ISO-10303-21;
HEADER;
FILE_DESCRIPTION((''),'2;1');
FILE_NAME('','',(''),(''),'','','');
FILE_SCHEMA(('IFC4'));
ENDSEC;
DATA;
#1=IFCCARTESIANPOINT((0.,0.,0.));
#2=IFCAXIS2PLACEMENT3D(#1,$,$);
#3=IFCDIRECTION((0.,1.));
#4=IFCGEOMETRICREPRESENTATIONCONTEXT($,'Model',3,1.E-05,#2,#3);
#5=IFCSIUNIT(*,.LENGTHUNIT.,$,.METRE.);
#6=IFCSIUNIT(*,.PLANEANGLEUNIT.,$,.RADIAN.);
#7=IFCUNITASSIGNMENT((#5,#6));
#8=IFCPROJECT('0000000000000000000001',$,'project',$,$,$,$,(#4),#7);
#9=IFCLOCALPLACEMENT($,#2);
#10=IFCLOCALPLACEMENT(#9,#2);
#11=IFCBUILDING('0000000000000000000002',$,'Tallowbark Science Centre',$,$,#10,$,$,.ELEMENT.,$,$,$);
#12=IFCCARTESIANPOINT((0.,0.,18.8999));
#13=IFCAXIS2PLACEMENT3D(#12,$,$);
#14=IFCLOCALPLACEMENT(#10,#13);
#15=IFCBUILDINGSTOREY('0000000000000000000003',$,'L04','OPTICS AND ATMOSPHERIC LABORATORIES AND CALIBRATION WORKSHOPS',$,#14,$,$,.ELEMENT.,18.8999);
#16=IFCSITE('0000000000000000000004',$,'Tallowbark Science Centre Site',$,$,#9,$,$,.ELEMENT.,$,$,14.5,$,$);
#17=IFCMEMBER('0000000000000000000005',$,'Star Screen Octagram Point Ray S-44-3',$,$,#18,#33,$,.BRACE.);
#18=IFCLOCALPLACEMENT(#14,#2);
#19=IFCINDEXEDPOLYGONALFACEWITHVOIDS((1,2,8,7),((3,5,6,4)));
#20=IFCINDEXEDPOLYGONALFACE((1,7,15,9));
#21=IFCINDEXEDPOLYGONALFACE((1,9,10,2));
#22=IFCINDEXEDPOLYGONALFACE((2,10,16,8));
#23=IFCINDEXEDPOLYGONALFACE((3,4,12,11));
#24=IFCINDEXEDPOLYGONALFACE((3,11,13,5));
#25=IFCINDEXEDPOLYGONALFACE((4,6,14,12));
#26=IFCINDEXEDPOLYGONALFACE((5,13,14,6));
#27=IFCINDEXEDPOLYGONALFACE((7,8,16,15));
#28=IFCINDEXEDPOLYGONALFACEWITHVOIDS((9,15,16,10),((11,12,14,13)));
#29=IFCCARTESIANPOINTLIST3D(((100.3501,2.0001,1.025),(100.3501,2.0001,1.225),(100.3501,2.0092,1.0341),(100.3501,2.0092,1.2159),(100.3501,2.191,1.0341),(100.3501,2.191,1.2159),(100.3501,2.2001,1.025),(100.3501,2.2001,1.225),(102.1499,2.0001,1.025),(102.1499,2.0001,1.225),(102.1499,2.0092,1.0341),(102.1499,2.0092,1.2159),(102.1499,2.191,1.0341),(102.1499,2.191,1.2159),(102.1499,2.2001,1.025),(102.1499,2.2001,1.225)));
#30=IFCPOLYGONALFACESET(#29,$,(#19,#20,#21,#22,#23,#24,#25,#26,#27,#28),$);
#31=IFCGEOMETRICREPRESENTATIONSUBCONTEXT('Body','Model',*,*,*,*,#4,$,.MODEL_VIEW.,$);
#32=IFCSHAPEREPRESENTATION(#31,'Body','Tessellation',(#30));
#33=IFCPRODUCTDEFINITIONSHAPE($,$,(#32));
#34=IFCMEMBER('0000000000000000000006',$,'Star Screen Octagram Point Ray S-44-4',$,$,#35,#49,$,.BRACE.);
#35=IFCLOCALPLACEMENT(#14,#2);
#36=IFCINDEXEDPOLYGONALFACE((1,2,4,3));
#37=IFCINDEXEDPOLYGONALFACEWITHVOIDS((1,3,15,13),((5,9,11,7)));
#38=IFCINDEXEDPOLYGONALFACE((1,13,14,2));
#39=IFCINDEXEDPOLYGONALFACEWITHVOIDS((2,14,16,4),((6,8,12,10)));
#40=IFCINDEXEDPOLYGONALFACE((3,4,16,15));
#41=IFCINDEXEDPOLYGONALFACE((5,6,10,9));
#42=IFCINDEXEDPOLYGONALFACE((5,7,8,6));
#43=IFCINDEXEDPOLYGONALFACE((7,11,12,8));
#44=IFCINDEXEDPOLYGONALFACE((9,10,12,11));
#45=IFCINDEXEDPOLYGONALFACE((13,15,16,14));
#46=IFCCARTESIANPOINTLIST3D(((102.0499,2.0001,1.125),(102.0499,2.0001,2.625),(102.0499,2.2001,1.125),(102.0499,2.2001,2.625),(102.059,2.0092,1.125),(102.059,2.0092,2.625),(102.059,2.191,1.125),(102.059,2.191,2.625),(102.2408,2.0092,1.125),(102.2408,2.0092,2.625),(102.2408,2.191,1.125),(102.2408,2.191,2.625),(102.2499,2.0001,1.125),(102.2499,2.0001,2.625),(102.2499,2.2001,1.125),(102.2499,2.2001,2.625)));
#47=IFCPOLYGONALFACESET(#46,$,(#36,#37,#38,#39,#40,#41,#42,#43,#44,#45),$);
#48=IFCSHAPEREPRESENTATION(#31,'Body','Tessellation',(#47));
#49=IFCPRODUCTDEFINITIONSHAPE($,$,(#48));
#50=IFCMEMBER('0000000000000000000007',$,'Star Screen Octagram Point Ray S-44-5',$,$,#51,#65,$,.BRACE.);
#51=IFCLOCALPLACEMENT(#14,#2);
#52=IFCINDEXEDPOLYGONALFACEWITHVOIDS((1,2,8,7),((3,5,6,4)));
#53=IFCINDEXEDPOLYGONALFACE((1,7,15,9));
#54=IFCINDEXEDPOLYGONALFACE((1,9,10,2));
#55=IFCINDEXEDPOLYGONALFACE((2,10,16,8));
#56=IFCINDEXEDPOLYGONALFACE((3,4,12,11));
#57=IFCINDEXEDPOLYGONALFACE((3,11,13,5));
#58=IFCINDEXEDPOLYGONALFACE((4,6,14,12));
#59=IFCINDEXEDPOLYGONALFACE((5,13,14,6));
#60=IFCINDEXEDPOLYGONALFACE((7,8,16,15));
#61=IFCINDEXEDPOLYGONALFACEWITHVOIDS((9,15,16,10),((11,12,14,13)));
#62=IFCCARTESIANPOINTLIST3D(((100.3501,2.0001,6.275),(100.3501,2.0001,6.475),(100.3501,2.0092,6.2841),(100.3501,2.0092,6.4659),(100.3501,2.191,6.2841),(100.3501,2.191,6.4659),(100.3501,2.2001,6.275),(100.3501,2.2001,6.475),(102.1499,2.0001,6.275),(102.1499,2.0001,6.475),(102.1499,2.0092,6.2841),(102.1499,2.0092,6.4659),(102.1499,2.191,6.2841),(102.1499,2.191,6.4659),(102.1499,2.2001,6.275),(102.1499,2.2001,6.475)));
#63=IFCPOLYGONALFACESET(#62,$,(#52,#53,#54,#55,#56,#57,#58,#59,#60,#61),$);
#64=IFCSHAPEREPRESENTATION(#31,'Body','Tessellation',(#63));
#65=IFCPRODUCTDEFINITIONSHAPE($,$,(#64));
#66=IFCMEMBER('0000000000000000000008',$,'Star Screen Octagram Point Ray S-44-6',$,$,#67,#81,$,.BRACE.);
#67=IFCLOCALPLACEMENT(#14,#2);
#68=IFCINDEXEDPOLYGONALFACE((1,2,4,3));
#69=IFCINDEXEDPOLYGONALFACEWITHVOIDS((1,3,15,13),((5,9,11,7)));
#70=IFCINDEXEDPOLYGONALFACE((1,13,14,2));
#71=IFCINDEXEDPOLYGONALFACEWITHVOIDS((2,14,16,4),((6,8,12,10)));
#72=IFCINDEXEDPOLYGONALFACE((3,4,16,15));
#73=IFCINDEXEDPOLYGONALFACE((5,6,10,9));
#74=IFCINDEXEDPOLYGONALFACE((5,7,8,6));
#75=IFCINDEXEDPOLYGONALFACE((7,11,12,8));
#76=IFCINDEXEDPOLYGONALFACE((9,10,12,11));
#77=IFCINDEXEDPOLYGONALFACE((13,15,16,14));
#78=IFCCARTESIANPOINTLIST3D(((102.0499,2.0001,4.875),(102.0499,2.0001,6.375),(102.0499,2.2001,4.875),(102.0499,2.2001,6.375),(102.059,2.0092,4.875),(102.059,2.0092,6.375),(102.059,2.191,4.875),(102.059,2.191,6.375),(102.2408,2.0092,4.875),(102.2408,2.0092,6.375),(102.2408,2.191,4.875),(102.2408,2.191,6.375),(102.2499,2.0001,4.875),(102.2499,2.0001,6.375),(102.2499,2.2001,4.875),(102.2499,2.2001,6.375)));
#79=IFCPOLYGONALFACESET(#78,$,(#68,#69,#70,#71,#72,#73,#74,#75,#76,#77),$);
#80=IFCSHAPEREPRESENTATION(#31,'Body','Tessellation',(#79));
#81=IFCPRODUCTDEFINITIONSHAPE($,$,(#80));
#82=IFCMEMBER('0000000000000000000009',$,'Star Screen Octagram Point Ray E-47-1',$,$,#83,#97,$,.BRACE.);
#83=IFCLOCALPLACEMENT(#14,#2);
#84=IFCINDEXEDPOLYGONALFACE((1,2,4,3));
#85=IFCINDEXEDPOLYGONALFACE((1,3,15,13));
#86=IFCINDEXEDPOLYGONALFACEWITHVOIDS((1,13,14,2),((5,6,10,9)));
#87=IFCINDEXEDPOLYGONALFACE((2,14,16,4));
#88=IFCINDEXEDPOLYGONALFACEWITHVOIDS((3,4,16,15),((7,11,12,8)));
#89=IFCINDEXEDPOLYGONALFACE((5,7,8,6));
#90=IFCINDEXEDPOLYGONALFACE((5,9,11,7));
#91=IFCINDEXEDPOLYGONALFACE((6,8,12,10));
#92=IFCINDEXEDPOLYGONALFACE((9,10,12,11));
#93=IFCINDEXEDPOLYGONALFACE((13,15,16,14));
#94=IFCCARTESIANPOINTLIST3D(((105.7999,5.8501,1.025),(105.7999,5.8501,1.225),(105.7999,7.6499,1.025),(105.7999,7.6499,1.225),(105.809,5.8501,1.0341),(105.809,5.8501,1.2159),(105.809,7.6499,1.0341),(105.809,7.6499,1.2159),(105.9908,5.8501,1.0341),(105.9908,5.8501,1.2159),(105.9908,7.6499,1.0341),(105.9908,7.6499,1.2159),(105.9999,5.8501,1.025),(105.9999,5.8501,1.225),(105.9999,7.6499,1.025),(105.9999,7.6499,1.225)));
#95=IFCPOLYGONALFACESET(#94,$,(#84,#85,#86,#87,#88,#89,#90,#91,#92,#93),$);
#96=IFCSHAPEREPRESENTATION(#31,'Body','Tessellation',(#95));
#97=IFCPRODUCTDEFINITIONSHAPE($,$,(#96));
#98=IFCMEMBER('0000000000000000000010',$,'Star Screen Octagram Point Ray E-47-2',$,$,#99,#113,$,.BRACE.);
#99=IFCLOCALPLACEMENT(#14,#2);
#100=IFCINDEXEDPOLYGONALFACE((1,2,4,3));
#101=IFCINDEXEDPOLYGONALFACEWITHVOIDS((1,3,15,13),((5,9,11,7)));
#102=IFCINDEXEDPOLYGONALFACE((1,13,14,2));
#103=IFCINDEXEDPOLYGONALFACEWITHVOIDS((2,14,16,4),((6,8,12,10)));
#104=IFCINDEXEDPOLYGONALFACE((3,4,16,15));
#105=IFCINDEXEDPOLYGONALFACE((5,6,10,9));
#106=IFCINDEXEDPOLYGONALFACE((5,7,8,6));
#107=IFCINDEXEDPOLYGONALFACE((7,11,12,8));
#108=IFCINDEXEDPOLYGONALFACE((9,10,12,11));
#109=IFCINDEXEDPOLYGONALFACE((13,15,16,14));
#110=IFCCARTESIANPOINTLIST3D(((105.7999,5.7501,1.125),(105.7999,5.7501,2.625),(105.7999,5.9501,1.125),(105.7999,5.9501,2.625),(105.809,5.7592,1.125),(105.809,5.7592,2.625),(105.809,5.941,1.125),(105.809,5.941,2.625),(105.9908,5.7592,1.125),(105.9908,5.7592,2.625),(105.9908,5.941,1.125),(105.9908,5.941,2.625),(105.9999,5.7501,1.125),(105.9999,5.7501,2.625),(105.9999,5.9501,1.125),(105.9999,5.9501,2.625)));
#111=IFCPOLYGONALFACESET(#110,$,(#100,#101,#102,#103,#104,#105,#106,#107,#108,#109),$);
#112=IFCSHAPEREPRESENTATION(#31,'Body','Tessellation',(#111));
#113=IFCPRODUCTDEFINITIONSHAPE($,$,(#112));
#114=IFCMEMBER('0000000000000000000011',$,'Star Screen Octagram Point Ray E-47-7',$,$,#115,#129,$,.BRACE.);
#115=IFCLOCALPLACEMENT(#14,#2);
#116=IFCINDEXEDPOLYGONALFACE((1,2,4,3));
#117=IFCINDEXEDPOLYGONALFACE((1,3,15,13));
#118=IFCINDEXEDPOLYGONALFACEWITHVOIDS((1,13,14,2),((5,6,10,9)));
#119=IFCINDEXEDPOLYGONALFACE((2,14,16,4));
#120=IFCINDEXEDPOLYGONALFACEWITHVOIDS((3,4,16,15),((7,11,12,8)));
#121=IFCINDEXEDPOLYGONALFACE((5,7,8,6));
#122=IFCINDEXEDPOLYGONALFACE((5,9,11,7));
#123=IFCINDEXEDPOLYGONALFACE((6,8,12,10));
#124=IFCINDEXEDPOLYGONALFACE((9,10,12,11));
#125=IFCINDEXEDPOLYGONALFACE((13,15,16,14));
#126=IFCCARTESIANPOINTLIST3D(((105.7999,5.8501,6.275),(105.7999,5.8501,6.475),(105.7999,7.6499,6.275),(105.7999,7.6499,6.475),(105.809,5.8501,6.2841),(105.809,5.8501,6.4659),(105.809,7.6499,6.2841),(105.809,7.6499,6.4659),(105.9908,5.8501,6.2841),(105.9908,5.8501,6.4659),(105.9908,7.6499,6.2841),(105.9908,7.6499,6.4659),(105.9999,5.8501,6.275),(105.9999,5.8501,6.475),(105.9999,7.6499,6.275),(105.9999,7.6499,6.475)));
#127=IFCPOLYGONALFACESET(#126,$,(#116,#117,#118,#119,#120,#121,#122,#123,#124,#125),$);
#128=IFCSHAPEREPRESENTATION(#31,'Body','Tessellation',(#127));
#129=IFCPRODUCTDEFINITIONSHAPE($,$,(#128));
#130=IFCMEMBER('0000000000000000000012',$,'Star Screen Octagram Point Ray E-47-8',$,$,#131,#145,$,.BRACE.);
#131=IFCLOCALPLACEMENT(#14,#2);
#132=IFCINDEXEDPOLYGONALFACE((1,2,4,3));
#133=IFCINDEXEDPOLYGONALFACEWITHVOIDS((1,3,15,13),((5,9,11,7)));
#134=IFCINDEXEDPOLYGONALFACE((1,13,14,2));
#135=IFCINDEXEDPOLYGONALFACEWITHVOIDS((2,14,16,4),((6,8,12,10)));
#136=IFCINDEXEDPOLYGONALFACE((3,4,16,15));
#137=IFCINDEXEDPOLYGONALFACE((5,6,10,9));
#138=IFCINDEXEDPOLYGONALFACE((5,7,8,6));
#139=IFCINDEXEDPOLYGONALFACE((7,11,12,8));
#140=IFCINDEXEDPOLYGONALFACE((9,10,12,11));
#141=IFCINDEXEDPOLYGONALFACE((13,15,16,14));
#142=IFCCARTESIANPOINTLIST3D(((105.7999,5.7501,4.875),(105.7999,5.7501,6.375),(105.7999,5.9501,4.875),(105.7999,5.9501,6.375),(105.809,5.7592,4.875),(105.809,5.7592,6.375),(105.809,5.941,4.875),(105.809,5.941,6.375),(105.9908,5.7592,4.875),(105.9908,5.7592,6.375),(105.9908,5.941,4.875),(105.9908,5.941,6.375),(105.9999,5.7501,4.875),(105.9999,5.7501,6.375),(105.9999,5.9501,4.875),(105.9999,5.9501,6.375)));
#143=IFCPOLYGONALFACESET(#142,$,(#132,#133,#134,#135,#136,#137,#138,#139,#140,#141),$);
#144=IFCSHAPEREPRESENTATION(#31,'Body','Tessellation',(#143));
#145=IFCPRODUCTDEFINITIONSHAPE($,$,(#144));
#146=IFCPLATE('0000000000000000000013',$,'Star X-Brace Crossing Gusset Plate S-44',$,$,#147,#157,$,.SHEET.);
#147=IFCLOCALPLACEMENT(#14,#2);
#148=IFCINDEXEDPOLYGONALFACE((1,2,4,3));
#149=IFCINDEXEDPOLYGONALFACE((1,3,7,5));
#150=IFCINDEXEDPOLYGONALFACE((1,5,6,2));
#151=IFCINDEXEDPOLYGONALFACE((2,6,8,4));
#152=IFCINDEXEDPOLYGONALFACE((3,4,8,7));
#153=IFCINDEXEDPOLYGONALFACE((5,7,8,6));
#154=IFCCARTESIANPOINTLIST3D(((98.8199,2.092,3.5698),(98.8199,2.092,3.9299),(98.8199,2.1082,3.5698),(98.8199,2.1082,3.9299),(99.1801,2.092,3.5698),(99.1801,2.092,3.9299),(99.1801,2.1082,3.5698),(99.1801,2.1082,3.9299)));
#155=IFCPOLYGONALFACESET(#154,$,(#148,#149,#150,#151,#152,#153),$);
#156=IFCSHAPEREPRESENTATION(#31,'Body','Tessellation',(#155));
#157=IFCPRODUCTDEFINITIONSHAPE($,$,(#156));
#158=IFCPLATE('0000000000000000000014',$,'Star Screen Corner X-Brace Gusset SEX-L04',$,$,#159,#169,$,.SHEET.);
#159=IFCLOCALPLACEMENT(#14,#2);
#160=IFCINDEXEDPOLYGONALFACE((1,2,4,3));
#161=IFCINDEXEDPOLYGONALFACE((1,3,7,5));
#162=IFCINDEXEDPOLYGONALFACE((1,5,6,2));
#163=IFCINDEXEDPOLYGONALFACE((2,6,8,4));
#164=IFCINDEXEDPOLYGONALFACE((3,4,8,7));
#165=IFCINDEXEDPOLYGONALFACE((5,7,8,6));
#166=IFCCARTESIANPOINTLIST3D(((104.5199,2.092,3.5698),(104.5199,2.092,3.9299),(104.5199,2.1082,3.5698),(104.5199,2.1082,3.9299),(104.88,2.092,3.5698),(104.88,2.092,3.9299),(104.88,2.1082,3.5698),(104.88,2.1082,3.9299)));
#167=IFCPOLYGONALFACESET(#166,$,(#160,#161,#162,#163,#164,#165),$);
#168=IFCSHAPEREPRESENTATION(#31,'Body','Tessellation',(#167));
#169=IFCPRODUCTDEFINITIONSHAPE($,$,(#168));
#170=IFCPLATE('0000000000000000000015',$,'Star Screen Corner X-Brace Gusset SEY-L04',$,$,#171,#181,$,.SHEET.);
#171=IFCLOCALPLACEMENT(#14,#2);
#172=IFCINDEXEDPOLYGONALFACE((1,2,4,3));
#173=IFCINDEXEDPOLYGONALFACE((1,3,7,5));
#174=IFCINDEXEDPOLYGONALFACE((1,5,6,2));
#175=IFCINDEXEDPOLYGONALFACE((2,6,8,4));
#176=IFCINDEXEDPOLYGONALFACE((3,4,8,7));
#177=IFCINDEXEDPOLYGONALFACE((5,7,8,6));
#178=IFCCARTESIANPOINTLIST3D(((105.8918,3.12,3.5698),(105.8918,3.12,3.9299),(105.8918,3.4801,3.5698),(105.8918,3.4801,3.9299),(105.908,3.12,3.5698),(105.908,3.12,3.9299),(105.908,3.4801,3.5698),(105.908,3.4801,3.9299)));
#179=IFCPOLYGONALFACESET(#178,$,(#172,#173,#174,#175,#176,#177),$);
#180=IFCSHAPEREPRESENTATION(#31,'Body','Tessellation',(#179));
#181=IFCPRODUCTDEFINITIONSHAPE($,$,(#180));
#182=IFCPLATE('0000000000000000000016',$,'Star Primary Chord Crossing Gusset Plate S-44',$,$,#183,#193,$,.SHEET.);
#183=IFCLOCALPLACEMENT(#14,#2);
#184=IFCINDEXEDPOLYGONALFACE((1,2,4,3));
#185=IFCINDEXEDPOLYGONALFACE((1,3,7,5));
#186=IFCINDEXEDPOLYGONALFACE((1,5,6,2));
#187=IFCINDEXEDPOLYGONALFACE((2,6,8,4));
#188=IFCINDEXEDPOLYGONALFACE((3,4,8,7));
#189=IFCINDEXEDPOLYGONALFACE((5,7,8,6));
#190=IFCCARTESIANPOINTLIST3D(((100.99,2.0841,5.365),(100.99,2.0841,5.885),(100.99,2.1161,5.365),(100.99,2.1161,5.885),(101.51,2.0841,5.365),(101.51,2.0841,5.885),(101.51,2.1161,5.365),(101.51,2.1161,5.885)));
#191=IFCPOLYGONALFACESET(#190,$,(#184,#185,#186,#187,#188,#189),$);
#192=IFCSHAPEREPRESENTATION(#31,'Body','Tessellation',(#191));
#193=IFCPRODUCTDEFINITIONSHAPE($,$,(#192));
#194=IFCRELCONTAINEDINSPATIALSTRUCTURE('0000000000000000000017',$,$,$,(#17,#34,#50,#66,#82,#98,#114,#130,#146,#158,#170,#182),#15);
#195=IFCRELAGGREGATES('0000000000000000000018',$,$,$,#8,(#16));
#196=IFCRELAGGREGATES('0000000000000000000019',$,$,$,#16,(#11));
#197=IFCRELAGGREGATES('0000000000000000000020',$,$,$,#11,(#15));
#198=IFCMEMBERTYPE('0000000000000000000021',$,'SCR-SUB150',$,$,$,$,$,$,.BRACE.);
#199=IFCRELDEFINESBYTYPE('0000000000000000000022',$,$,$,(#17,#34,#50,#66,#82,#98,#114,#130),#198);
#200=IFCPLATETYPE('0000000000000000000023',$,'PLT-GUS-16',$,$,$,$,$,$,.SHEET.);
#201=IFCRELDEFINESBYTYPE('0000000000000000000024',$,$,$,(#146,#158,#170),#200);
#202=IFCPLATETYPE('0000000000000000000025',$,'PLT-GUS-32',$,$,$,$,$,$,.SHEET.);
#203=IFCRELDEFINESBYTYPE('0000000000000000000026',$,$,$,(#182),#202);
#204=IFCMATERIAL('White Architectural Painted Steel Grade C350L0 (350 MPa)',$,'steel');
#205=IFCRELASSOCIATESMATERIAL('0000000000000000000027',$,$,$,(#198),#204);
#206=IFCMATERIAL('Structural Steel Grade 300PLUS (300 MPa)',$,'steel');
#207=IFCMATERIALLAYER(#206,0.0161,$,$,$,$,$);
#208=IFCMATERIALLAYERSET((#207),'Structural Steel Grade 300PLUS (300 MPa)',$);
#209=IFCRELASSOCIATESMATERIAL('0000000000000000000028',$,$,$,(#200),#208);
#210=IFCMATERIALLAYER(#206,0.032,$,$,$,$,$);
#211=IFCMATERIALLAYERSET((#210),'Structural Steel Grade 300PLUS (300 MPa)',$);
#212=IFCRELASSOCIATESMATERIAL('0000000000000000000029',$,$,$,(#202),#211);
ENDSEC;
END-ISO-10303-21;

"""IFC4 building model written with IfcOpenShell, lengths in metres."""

from ifc_helpers import new_model, si_unit, direction, frame, origin, origin_2d, place, context, subcontext, project, spatial, rectangle, hollow_rectangle, extrude, material, layer, layer_set, material_profile, profile_set, type_object, element, save


model = new_model("IFC4")

# Units and contexts
model_context = context("Model", 3, precision=1e-05, world=origin(), true_north=direction((0.0, 1.0)))
body_context = subcontext(model_context, "Body", "Model", "MODEL_VIEW")
ifc_project = project(units=[si_unit("LENGTHUNIT", "METRE"), si_unit("PLANEANGLEUNIT", "RADIAN")], contexts=[model_context])

# Site, building, storey
site_placement = place(None, origin())
site = spatial("IfcSite", under=ifc_project, at=site_placement, Name="Tallowbark Science Centre Site", CompositionType="ELEMENT", RefElevation=14.5)
building_placement = place(site_placement, origin())
building = spatial("IfcBuilding", under=site, at=building_placement, Name="Tallowbark Science Centre", CompositionType="ELEMENT")
storey_placement = place(building_placement, frame((0.0, 0.0, 18.8999)))
storey = spatial("IfcBuildingStorey", under=building, at=storey_placement, Name="L04", Description="OPTICS AND ATMOSPHERIC LABORATORIES AND CALIBRATION WORKSHOPS", CompositionType="ELEMENT", Elevation=18.8999)

# Members
ifc_material_1 = material(Name="White Architectural Painted Steel Grade C350L0 (350 MPa)", Category="steel")
ifc_material_profile_1 = material_profile(ifc_material_1, hollow_rectangle(XDim=0.2, YDim=0.2, WallThickness=0.009, at=origin_2d()), Name="200x200x9.0SHS")
ifc_profile_set_1 = profile_set([ifc_material_profile_1], Name="White Architectural Painted Steel Grade C350L0 (350 MPa)")
member_type_1 = type_object("IfcMemberType", Name="SCR-SUB150", PredefinedType="BRACE", material=ifc_profile_set_1)
member_1_placement = place(storey_placement, frame((102.1499, 2.1001, 1.125), z_axis=(-1.0, 0.0, 0.0), x_axis=(0.0, -1.0, 0.0)))
element("IfcMember", 1, at=member_1_placement, inside=storey, type_object=member_type_1, Name="Star Screen Octagram Point Ray S-44-3", PredefinedType="BRACE", context=body_context, shape_type="SweptSolid", body=[
    extrude(hollow_rectangle(XDim=0.2, YDim=0.2, WallThickness=0.009, at=origin_2d()), origin(), (0.0, 0.0, 1.0), 1.7998),
])
member_2_placement = place(storey_placement, frame((102.1499, 2.1001, 1.125), z_axis=(0.0, 0.0, 1.0), x_axis=(1.0, 0.0, 0.0)))
element("IfcMember", 2, at=member_2_placement, inside=storey, type_object=member_type_1, Name="Star Screen Octagram Point Ray S-44-4", PredefinedType="BRACE", context=body_context, shape_type="SweptSolid", body=[
    extrude(hollow_rectangle(XDim=0.2, YDim=0.2, WallThickness=0.009, at=origin_2d()), origin(), (0.0, 0.0, 1.0), 1.5),
])
member_3_placement = place(storey_placement, frame((102.1499, 2.1001, 6.375), z_axis=(-1.0, 0.0, 0.0), x_axis=(0.0, -1.0, 0.0)))
element("IfcMember", 3, at=member_3_placement, inside=storey, type_object=member_type_1, Name="Star Screen Octagram Point Ray S-44-5", PredefinedType="BRACE", context=body_context, shape_type="SweptSolid", body=[
    extrude(hollow_rectangle(XDim=0.2, YDim=0.2, WallThickness=0.009, at=origin_2d()), origin(), (0.0, 0.0, 1.0), 1.7998),
])
member_4_placement = place(storey_placement, frame((102.1499, 2.1001, 6.375), z_axis=(0.0, 0.0, -1.0), x_axis=(1.0, 0.0, 0.0)))
element("IfcMember", 4, at=member_4_placement, inside=storey, type_object=member_type_1, Name="Star Screen Octagram Point Ray S-44-6", PredefinedType="BRACE", context=body_context, shape_type="SweptSolid", body=[
    extrude(hollow_rectangle(XDim=0.2, YDim=0.2, WallThickness=0.009, at=origin_2d()), origin(), (0.0, 0.0, 1.0), 1.5),
])
member_5_placement = place(storey_placement, frame((105.8999, 5.8501, 1.125), z_axis=(0.0, 1.0, 0.0), x_axis=(-1.0, 0.0, 0.0)))
element("IfcMember", 5, at=member_5_placement, inside=storey, type_object=member_type_1, Name="Star Screen Octagram Point Ray E-47-1", PredefinedType="BRACE", context=body_context, shape_type="SweptSolid", body=[
    extrude(hollow_rectangle(XDim=0.2, YDim=0.2, WallThickness=0.009, at=origin_2d()), origin(), (0.0, 0.0, 1.0), 1.7998),
])
member_6_placement = place(storey_placement, frame((105.8999, 5.8501, 1.125), z_axis=(0.0, 0.0, 1.0), x_axis=(1.0, 0.0, 0.0)))
element("IfcMember", 6, at=member_6_placement, inside=storey, type_object=member_type_1, Name="Star Screen Octagram Point Ray E-47-2", PredefinedType="BRACE", context=body_context, shape_type="SweptSolid", body=[
    extrude(hollow_rectangle(XDim=0.2, YDim=0.2, WallThickness=0.009, at=origin_2d()), origin(), (0.0, 0.0, 1.0), 1.5),
])
member_7_placement = place(storey_placement, frame((105.8999, 5.8501, 6.375), z_axis=(0.0, 1.0, 0.0), x_axis=(-1.0, 0.0, 0.0)))
element("IfcMember", 7, at=member_7_placement, inside=storey, type_object=member_type_1, Name="Star Screen Octagram Point Ray E-47-7", PredefinedType="BRACE", context=body_context, shape_type="SweptSolid", body=[
    extrude(hollow_rectangle(XDim=0.2, YDim=0.2, WallThickness=0.009, at=origin_2d()), origin(), (0.0, 0.0, 1.0), 1.7998),
])
member_8_placement = place(storey_placement, frame((105.8999, 5.8501, 6.375), z_axis=(0.0, 0.0, -1.0), x_axis=(1.0, 0.0, 0.0)))
element("IfcMember", 8, at=member_8_placement, inside=storey, type_object=member_type_1, Name="Star Screen Octagram Point Ray E-47-8", PredefinedType="BRACE", context=body_context, shape_type="SweptSolid", body=[
    extrude(hollow_rectangle(XDim=0.2, YDim=0.2, WallThickness=0.009, at=origin_2d()), origin(), (0.0, 0.0, 1.0), 1.5),
])

# Plates
ifc_material_2 = material(Name="Structural Steel Grade 300PLUS (300 MPa)", Category="steel")
ifc_layer_1 = layer(ifc_material_2, 0.0161)
ifc_layer_set_1 = layer_set([ifc_layer_1], Name="Structural Steel Grade 300PLUS (300 MPa)")
plate_type_1 = type_object("IfcPlateType", Name="PLT-GUS-16", PredefinedType="SHEET", material=ifc_layer_set_1)
for number, where, z_axis, x_axis, name in (
    (9, (99.0, 2.1001, 3.5698), (0.0, 0.0, 1.0), (1.0, 0.0, 0.0), "Star X-Brace Crossing Gusset Plate S-44"),
    (10, (104.7, 2.1001, 3.5698), (0.0, 0.0, 1.0), (1.0, 0.0, 0.0), "Star Screen Corner X-Brace Gusset SEX-L04"),
    (11, (105.8999, 3.3, 3.5698), (0.0, 0.0, 1.0), (0.0, 1.0, 0.0), "Star Screen Corner X-Brace Gusset SEY-L04"),
):
    element("IfcPlate", number, at=place(storey_placement, frame(where, z_axis=z_axis, x_axis=x_axis)), inside=storey, type_object=plate_type_1, Name=name, PredefinedType="SHEET", context=body_context, shape_type="SweptSolid", body=[
        extrude(rectangle(XDim=0.3601, YDim=0.0161, at=origin_2d()), origin(), (0.0, 0.0, 1.0), 0.3601),
    ])
ifc_layer_2 = layer(ifc_material_2, 0.032)
ifc_layer_set_2 = layer_set([ifc_layer_2], Name="Structural Steel Grade 300PLUS (300 MPa)")
plate_type_2 = type_object("IfcPlateType", Name="PLT-GUS-32", PredefinedType="SHEET", material=ifc_layer_set_2)
plate_placement = place(storey_placement, frame((101.25, 2.1001, 5.365), z_axis=(0.0, 0.0, 1.0), x_axis=(1.0, 0.0, 0.0)))
element("IfcPlate", 12, at=plate_placement, inside=storey, type_object=plate_type_2, Name="Star Primary Chord Crossing Gusset Plate S-44", PredefinedType="SHEET", context=body_context, shape_type="SweptSolid", body=[
    extrude(rectangle(XDim=0.52, YDim=0.032, at=origin_2d()), origin(), (0.0, 0.0, 1.0), 0.52),
])

save(model, "model.ifc")
